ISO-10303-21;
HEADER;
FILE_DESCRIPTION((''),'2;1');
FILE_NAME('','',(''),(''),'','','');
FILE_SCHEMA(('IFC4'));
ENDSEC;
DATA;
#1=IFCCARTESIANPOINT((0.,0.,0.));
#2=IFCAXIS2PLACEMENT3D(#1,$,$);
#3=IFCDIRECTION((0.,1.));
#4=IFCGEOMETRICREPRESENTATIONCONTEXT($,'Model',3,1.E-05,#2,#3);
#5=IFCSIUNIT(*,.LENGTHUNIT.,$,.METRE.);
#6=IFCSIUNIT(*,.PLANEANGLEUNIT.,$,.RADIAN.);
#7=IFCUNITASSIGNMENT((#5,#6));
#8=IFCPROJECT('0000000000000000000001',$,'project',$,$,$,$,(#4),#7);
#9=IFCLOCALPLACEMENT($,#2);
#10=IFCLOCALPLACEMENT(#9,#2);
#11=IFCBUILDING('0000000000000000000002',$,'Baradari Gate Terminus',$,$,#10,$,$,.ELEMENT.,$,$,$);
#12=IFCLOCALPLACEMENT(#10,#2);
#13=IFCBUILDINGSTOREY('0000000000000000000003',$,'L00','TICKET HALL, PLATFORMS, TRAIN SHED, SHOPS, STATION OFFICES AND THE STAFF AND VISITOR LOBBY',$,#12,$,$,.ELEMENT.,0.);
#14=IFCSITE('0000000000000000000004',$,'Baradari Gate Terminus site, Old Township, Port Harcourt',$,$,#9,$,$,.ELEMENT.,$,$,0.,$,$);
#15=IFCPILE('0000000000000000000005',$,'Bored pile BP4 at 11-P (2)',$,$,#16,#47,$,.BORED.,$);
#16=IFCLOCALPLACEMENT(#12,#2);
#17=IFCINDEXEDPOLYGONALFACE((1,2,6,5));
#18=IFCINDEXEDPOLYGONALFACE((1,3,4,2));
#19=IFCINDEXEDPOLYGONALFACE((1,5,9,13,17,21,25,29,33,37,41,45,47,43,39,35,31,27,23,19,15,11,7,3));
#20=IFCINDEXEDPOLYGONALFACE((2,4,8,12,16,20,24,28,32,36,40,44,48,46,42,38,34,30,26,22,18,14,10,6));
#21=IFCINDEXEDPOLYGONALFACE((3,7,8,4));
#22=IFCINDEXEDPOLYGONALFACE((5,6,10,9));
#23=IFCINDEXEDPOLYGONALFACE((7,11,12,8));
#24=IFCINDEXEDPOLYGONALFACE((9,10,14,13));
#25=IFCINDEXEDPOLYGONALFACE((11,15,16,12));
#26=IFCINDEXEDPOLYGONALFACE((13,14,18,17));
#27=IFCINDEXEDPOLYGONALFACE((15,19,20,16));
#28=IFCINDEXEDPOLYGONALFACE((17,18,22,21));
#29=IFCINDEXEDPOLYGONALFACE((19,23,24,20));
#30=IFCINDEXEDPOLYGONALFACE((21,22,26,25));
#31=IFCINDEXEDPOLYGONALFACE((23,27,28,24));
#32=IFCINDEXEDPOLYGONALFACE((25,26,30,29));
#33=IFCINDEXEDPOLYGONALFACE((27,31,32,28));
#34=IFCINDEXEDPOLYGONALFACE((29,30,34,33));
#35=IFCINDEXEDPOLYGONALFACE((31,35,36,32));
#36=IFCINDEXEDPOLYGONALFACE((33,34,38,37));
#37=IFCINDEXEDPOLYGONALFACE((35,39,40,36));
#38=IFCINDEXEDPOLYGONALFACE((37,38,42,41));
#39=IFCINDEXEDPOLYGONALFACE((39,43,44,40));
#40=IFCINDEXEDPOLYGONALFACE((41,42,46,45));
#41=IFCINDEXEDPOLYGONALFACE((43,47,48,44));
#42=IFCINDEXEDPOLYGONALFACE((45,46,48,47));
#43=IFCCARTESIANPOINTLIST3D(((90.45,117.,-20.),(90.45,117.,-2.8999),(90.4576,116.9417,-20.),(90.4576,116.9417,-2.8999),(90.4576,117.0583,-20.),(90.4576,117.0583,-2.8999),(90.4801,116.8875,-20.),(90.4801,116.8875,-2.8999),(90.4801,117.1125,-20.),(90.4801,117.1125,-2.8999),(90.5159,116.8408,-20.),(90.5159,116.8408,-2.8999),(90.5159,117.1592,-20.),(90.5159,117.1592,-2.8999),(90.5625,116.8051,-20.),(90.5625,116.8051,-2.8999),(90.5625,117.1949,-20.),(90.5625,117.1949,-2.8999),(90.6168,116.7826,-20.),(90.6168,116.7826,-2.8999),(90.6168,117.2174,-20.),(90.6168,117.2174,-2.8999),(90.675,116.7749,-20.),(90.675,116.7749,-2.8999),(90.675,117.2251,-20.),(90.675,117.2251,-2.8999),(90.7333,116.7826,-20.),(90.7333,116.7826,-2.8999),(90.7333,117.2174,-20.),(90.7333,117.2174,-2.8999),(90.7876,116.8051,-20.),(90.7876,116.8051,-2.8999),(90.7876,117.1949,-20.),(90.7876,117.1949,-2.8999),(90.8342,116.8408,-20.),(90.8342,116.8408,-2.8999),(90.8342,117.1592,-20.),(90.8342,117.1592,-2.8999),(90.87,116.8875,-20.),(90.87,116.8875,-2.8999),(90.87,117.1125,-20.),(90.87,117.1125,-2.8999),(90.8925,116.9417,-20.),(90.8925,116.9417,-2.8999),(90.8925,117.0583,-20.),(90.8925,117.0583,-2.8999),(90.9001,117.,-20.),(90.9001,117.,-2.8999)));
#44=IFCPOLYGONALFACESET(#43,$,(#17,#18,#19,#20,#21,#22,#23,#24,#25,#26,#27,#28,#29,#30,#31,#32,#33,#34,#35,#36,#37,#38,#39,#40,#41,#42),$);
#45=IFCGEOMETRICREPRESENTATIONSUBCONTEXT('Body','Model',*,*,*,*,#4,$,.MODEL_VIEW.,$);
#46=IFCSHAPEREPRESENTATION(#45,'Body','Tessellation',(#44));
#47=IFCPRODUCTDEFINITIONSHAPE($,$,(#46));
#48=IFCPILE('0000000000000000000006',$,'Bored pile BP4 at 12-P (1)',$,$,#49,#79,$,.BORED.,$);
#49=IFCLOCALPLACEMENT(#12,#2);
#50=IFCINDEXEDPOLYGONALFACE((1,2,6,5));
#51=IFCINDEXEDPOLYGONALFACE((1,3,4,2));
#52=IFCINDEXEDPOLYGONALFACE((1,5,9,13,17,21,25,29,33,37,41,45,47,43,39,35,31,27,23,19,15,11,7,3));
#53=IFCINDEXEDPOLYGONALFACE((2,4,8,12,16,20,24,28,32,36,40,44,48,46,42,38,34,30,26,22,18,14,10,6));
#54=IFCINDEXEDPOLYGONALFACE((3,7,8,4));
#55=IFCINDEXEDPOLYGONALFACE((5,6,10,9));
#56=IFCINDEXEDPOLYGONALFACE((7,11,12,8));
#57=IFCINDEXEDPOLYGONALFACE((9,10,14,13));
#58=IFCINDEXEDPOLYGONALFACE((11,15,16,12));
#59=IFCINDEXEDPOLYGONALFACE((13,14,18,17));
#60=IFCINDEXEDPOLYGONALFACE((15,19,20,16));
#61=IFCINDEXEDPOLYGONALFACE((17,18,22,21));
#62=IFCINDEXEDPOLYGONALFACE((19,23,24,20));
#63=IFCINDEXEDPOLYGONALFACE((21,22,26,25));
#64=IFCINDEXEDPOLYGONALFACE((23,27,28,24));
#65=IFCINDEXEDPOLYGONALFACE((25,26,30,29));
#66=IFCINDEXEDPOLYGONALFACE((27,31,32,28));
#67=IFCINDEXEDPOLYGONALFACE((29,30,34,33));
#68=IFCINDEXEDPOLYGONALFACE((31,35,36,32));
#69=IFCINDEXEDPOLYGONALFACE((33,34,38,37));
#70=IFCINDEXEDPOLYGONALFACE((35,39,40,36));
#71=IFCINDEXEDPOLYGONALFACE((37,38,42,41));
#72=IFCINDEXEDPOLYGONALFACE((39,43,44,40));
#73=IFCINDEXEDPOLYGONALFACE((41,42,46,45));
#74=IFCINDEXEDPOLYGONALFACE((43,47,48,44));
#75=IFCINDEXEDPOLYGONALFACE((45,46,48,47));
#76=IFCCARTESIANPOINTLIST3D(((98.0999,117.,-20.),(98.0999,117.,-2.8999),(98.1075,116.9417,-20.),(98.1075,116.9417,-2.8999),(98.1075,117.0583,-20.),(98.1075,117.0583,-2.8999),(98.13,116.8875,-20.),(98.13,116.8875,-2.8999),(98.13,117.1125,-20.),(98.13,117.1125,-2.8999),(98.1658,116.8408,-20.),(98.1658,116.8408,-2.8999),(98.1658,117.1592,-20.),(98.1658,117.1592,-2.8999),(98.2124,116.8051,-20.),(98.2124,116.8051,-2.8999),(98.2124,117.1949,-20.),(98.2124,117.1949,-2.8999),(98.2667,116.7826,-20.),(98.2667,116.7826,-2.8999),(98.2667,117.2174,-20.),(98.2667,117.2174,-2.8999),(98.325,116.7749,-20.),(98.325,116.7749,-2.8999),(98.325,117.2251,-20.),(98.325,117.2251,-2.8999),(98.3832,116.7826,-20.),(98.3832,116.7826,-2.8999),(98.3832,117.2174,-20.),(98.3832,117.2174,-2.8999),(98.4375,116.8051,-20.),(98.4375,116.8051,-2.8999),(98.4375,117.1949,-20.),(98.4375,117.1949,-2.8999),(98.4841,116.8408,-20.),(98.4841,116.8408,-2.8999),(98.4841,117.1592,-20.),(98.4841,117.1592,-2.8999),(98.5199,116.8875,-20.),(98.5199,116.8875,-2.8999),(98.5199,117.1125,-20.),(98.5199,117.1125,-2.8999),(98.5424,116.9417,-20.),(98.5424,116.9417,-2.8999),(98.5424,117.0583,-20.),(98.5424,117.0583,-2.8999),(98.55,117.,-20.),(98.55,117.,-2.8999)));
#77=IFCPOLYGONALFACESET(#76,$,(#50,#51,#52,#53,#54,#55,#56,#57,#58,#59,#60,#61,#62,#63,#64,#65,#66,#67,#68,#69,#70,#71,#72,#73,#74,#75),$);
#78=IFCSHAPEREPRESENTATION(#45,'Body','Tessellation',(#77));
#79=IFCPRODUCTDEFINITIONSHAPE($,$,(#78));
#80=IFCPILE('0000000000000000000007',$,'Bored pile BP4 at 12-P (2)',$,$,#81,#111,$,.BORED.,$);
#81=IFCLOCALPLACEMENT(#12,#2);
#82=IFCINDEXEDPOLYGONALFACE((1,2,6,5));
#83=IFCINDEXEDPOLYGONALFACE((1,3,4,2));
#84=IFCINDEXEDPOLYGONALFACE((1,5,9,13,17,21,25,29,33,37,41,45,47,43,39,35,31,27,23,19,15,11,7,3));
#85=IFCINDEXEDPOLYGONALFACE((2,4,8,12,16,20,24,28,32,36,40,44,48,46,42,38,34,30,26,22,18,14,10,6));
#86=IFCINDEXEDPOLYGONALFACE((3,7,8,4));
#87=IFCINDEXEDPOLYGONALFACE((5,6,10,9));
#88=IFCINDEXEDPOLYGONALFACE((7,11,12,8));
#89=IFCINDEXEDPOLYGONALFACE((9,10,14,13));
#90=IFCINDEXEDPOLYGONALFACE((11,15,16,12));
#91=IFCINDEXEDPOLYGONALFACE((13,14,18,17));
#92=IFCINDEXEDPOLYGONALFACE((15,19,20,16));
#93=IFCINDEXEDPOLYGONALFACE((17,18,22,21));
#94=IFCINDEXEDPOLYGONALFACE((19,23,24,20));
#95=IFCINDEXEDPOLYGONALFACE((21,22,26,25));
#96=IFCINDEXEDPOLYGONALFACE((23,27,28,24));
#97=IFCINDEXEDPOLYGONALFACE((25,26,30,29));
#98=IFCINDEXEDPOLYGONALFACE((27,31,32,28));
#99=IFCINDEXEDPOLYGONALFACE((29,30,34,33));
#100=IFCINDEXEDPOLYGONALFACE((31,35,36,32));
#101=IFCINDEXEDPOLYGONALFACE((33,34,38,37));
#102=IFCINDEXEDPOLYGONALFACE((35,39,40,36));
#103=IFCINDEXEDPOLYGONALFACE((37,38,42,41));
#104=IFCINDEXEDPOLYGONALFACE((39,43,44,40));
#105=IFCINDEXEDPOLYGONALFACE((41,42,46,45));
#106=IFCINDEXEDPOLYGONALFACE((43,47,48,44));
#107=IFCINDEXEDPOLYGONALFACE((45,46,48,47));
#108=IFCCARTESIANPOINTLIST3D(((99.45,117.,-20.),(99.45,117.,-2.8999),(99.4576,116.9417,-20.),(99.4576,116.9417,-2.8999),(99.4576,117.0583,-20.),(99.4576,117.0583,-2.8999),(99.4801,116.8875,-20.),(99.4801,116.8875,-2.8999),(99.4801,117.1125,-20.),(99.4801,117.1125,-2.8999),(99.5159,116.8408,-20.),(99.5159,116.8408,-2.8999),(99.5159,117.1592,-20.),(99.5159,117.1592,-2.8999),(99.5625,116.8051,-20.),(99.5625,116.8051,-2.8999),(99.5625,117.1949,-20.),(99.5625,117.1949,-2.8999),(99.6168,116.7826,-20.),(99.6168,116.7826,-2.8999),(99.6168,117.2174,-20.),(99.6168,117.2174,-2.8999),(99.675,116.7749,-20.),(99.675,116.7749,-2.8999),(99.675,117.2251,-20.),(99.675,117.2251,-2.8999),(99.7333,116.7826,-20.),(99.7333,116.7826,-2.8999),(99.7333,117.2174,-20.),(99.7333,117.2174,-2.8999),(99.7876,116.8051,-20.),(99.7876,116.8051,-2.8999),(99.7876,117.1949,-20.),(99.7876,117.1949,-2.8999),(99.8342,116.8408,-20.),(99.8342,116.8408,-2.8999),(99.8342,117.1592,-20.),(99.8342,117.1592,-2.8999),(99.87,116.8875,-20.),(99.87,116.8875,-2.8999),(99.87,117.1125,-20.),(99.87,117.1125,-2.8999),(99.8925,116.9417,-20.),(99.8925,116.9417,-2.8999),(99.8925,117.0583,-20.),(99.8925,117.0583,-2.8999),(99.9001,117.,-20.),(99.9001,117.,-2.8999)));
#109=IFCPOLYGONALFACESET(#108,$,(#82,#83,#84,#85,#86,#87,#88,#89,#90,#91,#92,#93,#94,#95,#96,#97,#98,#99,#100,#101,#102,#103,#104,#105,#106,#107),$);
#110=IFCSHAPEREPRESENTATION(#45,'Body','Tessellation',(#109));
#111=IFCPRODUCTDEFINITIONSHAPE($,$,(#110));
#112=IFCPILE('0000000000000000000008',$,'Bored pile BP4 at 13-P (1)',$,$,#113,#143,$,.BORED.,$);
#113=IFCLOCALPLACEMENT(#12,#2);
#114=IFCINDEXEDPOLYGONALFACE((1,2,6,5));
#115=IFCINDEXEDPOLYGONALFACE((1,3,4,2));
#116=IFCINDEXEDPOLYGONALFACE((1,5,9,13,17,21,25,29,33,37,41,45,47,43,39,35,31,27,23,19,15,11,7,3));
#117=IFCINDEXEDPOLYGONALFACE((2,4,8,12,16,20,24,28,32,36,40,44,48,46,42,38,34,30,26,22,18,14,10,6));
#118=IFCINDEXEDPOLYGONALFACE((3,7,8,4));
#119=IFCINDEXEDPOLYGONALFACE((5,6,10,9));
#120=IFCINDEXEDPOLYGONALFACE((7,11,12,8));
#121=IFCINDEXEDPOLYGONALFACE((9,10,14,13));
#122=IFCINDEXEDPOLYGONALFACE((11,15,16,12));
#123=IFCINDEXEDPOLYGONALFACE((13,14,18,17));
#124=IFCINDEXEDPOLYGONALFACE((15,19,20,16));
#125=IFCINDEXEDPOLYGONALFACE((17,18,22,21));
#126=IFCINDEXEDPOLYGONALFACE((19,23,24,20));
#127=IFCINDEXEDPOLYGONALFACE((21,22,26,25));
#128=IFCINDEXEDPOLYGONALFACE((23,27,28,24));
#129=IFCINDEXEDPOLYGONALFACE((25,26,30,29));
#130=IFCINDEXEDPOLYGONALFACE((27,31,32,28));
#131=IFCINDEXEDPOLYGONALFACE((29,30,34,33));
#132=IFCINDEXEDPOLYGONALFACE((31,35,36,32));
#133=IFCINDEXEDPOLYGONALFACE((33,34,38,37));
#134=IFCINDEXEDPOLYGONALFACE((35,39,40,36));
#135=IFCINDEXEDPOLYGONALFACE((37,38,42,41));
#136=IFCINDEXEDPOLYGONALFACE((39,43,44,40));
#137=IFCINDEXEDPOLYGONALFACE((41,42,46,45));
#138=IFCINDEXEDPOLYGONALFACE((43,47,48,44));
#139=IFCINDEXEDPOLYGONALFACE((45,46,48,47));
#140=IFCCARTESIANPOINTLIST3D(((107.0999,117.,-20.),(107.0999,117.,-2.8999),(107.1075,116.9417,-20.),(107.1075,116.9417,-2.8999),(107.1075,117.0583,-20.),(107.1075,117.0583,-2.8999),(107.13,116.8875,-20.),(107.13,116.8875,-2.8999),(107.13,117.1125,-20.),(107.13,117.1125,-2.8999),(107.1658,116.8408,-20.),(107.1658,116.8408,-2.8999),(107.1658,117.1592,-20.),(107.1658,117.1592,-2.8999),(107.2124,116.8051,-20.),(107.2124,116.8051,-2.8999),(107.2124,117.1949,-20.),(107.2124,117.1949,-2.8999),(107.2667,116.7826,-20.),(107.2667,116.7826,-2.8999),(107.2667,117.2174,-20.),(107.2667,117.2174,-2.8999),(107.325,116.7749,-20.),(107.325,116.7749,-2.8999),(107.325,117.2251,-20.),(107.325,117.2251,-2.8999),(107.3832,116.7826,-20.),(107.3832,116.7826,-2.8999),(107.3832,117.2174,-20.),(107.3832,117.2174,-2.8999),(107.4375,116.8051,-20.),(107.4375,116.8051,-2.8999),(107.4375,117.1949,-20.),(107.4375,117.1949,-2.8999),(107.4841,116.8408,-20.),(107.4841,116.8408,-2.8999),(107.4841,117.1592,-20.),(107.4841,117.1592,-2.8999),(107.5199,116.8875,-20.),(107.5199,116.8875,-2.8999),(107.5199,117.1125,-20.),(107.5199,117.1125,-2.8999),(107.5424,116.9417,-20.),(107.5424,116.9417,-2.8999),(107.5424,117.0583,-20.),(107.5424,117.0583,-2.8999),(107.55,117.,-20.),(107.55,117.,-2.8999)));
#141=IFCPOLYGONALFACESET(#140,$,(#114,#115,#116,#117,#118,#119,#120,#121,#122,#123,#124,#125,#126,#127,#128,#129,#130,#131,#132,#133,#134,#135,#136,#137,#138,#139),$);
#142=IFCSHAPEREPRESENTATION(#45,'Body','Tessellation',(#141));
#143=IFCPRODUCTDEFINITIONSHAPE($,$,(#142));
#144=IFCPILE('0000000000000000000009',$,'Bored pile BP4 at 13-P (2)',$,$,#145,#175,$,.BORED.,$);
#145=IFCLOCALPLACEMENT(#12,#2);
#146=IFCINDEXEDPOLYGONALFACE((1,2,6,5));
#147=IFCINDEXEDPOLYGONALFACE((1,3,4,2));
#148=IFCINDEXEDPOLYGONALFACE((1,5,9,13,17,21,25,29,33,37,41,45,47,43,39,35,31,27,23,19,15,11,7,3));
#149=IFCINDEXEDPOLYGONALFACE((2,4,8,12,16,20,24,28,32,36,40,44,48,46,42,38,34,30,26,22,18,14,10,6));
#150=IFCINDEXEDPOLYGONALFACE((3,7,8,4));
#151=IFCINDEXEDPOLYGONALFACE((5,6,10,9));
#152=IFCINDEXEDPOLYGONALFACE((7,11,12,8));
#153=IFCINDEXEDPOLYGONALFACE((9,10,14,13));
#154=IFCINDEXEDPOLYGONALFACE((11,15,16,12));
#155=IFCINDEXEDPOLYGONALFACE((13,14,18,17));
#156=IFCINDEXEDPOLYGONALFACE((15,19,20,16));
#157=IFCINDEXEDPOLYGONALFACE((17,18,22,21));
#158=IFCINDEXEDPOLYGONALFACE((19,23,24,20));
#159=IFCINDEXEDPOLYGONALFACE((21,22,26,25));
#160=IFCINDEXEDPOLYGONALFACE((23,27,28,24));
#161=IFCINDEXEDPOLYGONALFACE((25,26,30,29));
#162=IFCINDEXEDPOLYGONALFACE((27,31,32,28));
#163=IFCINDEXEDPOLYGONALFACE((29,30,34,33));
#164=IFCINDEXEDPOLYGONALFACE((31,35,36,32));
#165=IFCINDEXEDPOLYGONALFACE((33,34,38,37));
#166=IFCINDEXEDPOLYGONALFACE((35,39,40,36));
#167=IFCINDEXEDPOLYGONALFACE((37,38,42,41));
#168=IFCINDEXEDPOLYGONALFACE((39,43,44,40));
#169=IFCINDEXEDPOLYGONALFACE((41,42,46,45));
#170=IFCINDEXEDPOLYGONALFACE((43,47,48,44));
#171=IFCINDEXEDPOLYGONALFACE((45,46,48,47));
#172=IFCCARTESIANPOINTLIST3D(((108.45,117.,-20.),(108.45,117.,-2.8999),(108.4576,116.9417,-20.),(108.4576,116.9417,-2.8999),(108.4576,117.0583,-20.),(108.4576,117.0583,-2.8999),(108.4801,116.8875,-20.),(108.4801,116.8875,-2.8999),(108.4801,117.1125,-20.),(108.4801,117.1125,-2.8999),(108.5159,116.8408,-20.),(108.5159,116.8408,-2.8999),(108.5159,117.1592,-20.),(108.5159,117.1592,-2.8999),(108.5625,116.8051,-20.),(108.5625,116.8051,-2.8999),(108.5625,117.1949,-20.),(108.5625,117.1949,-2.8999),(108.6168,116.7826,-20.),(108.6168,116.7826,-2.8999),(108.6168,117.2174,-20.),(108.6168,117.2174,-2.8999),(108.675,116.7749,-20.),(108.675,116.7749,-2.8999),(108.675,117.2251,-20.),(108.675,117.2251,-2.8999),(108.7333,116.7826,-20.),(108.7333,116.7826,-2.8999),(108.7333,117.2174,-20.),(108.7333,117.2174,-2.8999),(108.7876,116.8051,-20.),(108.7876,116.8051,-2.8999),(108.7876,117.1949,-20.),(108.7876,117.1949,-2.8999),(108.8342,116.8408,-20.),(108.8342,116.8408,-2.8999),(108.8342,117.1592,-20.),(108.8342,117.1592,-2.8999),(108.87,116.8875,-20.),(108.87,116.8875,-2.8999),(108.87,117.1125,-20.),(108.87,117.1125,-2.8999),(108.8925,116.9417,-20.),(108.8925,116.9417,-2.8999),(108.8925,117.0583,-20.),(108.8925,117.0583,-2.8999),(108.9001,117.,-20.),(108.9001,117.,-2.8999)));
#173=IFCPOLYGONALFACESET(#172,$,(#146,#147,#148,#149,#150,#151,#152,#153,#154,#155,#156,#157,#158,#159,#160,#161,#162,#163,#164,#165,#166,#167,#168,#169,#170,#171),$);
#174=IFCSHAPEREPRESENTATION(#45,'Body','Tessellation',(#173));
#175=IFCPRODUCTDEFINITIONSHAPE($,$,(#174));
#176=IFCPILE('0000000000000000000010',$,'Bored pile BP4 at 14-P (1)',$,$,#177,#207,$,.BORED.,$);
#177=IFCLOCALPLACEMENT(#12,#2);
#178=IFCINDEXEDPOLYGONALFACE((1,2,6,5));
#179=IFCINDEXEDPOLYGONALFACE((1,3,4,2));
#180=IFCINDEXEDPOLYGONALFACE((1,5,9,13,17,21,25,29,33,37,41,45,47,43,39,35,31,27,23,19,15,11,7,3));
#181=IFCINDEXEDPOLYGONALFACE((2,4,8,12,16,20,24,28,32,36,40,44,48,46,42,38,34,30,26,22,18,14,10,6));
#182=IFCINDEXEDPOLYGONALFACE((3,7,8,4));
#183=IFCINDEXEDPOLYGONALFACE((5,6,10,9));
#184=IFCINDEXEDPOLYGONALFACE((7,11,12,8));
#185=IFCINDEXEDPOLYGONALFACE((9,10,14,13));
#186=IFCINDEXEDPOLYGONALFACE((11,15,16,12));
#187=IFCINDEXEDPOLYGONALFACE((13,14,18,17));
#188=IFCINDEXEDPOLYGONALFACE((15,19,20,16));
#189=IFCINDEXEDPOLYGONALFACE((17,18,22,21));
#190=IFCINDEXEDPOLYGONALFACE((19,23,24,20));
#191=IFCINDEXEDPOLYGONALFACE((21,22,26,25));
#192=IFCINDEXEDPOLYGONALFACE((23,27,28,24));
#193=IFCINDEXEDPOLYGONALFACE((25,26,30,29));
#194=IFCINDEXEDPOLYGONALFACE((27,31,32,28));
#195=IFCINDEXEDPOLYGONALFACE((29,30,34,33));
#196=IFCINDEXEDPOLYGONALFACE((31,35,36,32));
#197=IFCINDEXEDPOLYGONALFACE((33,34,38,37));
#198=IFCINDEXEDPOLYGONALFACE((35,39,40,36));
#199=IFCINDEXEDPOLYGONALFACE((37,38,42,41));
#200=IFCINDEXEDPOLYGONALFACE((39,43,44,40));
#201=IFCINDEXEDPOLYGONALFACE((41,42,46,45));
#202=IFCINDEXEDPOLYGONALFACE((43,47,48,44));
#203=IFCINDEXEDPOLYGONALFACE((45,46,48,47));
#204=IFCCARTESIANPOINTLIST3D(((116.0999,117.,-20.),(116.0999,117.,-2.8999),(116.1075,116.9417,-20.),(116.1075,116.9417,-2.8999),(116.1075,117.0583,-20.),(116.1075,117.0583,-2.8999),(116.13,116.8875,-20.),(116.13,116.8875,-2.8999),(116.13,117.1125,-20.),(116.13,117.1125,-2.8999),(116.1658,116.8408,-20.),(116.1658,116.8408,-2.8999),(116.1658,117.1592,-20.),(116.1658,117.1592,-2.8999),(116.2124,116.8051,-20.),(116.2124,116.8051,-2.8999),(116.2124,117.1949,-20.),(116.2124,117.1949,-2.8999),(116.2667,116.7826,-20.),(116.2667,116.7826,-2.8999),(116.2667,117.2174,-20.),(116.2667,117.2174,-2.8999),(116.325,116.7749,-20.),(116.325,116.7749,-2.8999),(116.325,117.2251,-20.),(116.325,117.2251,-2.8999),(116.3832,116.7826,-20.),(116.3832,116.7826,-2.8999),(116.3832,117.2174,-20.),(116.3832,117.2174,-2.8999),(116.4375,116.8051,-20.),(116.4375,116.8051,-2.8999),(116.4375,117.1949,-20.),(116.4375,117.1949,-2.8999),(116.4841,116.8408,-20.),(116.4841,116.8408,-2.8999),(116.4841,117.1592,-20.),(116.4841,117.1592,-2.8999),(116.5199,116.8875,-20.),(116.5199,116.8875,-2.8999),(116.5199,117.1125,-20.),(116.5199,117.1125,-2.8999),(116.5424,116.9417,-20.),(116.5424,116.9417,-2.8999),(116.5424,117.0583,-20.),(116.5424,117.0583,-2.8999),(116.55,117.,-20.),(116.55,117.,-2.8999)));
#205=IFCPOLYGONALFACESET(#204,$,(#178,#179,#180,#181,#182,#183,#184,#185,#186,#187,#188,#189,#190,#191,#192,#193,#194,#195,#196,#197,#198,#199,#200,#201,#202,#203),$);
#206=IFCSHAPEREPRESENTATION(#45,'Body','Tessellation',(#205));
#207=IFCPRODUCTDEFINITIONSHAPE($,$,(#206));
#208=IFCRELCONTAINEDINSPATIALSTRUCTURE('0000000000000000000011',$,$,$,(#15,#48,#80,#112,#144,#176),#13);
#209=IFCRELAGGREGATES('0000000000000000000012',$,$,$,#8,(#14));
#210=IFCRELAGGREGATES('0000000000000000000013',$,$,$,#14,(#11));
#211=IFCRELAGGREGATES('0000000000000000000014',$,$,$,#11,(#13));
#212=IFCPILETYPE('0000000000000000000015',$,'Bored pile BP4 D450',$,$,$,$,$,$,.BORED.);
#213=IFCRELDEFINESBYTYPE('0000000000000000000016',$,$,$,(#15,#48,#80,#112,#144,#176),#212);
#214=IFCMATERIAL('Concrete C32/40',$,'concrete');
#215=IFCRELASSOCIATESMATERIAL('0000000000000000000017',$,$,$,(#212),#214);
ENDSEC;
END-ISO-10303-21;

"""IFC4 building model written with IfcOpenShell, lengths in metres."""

from ifc_helpers import new_model, si_unit, direction, frame, origin, origin_2d, place, context, subcontext, project, spatial, circle, extrude, material, type_object, element, save


model = new_model("IFC4")

# Units and contexts
model_context = context("Model", 3, precision=1e-05, world=origin(), true_north=direction((0.0, 1.0)))
body_context = subcontext(model_context, "Body", "Model", "MODEL_VIEW")
ifc_project = project(units=[si_unit("LENGTHUNIT", "METRE"), si_unit("PLANEANGLEUNIT", "RADIAN")], contexts=[model_context])

# Site, building, storey
site_placement = place(None, origin())
site = spatial("IfcSite", under=ifc_project, at=site_placement, Name="Baradari Gate Terminus site, Old Township, Port Harcourt", CompositionType="ELEMENT", RefElevation=0.0)
building_placement = place(site_placement, origin())
building = spatial("IfcBuilding", under=site, at=building_placement, Name="Baradari Gate Terminus", CompositionType="ELEMENT")
storey_placement = place(building_placement, origin())
storey = spatial("IfcBuildingStorey", under=building, at=storey_placement, Name="L00", Description="TICKET HALL, PLATFORMS, TRAIN SHED, SHOPS, STATION OFFICES AND THE STAFF AND VISITOR LOBBY", CompositionType="ELEMENT", Elevation=0.0)

# Piles
ifc_material_1 = material(Name="Concrete C32/40", Category="concrete")
pile_type = type_object("IfcPileType", Name="Bored pile BP4 D450", PredefinedType="BORED", material=ifc_material_1)
for number, where, z_axis, x_axis, name in (
    (1, (90.675, 117.0, -2.8999), (0.0, 0.0, -1.0), (1.0, 0.0, 0.0), "Bored pile BP4 at 11-P (2)"),
    (2, (98.325, 117.0, -2.8999), (0.0, 0.0, -1.0), (1.0, 0.0, 0.0), "Bored pile BP4 at 12-P (1)"),
    (3, (99.675, 117.0, -2.8999), (0.0, 0.0, -1.0), (1.0, 0.0, 0.0), "Bored pile BP4 at 12-P (2)"),
    (4, (107.325, 117.0, -2.8999), (0.0, 0.0, -1.0), (1.0, 0.0, 0.0), "Bored pile BP4 at 13-P (1)"),
    (5, (108.675, 117.0, -2.8999), (0.0, 0.0, -1.0), (1.0, 0.0, 0.0), "Bored pile BP4 at 13-P (2)"),
    (6, (116.325, 117.0, -2.8999), (0.0, 0.0, -1.0), (1.0, 0.0, 0.0), "Bored pile BP4 at 14-P (1)"),
):
    element("IfcPile", number, at=place(storey_placement, frame(where, z_axis=z_axis, x_axis=x_axis)), inside=storey, type_object=pile_type, Name=name, PredefinedType="BORED", context=body_context, shape_type="SweptSolid", body=[
        extrude(circle(Radius=0.2251, at=origin_2d()), origin(), (0.0, 0.0, 1.0), 17.1001),
    ])

save(model, "model.ifc")
